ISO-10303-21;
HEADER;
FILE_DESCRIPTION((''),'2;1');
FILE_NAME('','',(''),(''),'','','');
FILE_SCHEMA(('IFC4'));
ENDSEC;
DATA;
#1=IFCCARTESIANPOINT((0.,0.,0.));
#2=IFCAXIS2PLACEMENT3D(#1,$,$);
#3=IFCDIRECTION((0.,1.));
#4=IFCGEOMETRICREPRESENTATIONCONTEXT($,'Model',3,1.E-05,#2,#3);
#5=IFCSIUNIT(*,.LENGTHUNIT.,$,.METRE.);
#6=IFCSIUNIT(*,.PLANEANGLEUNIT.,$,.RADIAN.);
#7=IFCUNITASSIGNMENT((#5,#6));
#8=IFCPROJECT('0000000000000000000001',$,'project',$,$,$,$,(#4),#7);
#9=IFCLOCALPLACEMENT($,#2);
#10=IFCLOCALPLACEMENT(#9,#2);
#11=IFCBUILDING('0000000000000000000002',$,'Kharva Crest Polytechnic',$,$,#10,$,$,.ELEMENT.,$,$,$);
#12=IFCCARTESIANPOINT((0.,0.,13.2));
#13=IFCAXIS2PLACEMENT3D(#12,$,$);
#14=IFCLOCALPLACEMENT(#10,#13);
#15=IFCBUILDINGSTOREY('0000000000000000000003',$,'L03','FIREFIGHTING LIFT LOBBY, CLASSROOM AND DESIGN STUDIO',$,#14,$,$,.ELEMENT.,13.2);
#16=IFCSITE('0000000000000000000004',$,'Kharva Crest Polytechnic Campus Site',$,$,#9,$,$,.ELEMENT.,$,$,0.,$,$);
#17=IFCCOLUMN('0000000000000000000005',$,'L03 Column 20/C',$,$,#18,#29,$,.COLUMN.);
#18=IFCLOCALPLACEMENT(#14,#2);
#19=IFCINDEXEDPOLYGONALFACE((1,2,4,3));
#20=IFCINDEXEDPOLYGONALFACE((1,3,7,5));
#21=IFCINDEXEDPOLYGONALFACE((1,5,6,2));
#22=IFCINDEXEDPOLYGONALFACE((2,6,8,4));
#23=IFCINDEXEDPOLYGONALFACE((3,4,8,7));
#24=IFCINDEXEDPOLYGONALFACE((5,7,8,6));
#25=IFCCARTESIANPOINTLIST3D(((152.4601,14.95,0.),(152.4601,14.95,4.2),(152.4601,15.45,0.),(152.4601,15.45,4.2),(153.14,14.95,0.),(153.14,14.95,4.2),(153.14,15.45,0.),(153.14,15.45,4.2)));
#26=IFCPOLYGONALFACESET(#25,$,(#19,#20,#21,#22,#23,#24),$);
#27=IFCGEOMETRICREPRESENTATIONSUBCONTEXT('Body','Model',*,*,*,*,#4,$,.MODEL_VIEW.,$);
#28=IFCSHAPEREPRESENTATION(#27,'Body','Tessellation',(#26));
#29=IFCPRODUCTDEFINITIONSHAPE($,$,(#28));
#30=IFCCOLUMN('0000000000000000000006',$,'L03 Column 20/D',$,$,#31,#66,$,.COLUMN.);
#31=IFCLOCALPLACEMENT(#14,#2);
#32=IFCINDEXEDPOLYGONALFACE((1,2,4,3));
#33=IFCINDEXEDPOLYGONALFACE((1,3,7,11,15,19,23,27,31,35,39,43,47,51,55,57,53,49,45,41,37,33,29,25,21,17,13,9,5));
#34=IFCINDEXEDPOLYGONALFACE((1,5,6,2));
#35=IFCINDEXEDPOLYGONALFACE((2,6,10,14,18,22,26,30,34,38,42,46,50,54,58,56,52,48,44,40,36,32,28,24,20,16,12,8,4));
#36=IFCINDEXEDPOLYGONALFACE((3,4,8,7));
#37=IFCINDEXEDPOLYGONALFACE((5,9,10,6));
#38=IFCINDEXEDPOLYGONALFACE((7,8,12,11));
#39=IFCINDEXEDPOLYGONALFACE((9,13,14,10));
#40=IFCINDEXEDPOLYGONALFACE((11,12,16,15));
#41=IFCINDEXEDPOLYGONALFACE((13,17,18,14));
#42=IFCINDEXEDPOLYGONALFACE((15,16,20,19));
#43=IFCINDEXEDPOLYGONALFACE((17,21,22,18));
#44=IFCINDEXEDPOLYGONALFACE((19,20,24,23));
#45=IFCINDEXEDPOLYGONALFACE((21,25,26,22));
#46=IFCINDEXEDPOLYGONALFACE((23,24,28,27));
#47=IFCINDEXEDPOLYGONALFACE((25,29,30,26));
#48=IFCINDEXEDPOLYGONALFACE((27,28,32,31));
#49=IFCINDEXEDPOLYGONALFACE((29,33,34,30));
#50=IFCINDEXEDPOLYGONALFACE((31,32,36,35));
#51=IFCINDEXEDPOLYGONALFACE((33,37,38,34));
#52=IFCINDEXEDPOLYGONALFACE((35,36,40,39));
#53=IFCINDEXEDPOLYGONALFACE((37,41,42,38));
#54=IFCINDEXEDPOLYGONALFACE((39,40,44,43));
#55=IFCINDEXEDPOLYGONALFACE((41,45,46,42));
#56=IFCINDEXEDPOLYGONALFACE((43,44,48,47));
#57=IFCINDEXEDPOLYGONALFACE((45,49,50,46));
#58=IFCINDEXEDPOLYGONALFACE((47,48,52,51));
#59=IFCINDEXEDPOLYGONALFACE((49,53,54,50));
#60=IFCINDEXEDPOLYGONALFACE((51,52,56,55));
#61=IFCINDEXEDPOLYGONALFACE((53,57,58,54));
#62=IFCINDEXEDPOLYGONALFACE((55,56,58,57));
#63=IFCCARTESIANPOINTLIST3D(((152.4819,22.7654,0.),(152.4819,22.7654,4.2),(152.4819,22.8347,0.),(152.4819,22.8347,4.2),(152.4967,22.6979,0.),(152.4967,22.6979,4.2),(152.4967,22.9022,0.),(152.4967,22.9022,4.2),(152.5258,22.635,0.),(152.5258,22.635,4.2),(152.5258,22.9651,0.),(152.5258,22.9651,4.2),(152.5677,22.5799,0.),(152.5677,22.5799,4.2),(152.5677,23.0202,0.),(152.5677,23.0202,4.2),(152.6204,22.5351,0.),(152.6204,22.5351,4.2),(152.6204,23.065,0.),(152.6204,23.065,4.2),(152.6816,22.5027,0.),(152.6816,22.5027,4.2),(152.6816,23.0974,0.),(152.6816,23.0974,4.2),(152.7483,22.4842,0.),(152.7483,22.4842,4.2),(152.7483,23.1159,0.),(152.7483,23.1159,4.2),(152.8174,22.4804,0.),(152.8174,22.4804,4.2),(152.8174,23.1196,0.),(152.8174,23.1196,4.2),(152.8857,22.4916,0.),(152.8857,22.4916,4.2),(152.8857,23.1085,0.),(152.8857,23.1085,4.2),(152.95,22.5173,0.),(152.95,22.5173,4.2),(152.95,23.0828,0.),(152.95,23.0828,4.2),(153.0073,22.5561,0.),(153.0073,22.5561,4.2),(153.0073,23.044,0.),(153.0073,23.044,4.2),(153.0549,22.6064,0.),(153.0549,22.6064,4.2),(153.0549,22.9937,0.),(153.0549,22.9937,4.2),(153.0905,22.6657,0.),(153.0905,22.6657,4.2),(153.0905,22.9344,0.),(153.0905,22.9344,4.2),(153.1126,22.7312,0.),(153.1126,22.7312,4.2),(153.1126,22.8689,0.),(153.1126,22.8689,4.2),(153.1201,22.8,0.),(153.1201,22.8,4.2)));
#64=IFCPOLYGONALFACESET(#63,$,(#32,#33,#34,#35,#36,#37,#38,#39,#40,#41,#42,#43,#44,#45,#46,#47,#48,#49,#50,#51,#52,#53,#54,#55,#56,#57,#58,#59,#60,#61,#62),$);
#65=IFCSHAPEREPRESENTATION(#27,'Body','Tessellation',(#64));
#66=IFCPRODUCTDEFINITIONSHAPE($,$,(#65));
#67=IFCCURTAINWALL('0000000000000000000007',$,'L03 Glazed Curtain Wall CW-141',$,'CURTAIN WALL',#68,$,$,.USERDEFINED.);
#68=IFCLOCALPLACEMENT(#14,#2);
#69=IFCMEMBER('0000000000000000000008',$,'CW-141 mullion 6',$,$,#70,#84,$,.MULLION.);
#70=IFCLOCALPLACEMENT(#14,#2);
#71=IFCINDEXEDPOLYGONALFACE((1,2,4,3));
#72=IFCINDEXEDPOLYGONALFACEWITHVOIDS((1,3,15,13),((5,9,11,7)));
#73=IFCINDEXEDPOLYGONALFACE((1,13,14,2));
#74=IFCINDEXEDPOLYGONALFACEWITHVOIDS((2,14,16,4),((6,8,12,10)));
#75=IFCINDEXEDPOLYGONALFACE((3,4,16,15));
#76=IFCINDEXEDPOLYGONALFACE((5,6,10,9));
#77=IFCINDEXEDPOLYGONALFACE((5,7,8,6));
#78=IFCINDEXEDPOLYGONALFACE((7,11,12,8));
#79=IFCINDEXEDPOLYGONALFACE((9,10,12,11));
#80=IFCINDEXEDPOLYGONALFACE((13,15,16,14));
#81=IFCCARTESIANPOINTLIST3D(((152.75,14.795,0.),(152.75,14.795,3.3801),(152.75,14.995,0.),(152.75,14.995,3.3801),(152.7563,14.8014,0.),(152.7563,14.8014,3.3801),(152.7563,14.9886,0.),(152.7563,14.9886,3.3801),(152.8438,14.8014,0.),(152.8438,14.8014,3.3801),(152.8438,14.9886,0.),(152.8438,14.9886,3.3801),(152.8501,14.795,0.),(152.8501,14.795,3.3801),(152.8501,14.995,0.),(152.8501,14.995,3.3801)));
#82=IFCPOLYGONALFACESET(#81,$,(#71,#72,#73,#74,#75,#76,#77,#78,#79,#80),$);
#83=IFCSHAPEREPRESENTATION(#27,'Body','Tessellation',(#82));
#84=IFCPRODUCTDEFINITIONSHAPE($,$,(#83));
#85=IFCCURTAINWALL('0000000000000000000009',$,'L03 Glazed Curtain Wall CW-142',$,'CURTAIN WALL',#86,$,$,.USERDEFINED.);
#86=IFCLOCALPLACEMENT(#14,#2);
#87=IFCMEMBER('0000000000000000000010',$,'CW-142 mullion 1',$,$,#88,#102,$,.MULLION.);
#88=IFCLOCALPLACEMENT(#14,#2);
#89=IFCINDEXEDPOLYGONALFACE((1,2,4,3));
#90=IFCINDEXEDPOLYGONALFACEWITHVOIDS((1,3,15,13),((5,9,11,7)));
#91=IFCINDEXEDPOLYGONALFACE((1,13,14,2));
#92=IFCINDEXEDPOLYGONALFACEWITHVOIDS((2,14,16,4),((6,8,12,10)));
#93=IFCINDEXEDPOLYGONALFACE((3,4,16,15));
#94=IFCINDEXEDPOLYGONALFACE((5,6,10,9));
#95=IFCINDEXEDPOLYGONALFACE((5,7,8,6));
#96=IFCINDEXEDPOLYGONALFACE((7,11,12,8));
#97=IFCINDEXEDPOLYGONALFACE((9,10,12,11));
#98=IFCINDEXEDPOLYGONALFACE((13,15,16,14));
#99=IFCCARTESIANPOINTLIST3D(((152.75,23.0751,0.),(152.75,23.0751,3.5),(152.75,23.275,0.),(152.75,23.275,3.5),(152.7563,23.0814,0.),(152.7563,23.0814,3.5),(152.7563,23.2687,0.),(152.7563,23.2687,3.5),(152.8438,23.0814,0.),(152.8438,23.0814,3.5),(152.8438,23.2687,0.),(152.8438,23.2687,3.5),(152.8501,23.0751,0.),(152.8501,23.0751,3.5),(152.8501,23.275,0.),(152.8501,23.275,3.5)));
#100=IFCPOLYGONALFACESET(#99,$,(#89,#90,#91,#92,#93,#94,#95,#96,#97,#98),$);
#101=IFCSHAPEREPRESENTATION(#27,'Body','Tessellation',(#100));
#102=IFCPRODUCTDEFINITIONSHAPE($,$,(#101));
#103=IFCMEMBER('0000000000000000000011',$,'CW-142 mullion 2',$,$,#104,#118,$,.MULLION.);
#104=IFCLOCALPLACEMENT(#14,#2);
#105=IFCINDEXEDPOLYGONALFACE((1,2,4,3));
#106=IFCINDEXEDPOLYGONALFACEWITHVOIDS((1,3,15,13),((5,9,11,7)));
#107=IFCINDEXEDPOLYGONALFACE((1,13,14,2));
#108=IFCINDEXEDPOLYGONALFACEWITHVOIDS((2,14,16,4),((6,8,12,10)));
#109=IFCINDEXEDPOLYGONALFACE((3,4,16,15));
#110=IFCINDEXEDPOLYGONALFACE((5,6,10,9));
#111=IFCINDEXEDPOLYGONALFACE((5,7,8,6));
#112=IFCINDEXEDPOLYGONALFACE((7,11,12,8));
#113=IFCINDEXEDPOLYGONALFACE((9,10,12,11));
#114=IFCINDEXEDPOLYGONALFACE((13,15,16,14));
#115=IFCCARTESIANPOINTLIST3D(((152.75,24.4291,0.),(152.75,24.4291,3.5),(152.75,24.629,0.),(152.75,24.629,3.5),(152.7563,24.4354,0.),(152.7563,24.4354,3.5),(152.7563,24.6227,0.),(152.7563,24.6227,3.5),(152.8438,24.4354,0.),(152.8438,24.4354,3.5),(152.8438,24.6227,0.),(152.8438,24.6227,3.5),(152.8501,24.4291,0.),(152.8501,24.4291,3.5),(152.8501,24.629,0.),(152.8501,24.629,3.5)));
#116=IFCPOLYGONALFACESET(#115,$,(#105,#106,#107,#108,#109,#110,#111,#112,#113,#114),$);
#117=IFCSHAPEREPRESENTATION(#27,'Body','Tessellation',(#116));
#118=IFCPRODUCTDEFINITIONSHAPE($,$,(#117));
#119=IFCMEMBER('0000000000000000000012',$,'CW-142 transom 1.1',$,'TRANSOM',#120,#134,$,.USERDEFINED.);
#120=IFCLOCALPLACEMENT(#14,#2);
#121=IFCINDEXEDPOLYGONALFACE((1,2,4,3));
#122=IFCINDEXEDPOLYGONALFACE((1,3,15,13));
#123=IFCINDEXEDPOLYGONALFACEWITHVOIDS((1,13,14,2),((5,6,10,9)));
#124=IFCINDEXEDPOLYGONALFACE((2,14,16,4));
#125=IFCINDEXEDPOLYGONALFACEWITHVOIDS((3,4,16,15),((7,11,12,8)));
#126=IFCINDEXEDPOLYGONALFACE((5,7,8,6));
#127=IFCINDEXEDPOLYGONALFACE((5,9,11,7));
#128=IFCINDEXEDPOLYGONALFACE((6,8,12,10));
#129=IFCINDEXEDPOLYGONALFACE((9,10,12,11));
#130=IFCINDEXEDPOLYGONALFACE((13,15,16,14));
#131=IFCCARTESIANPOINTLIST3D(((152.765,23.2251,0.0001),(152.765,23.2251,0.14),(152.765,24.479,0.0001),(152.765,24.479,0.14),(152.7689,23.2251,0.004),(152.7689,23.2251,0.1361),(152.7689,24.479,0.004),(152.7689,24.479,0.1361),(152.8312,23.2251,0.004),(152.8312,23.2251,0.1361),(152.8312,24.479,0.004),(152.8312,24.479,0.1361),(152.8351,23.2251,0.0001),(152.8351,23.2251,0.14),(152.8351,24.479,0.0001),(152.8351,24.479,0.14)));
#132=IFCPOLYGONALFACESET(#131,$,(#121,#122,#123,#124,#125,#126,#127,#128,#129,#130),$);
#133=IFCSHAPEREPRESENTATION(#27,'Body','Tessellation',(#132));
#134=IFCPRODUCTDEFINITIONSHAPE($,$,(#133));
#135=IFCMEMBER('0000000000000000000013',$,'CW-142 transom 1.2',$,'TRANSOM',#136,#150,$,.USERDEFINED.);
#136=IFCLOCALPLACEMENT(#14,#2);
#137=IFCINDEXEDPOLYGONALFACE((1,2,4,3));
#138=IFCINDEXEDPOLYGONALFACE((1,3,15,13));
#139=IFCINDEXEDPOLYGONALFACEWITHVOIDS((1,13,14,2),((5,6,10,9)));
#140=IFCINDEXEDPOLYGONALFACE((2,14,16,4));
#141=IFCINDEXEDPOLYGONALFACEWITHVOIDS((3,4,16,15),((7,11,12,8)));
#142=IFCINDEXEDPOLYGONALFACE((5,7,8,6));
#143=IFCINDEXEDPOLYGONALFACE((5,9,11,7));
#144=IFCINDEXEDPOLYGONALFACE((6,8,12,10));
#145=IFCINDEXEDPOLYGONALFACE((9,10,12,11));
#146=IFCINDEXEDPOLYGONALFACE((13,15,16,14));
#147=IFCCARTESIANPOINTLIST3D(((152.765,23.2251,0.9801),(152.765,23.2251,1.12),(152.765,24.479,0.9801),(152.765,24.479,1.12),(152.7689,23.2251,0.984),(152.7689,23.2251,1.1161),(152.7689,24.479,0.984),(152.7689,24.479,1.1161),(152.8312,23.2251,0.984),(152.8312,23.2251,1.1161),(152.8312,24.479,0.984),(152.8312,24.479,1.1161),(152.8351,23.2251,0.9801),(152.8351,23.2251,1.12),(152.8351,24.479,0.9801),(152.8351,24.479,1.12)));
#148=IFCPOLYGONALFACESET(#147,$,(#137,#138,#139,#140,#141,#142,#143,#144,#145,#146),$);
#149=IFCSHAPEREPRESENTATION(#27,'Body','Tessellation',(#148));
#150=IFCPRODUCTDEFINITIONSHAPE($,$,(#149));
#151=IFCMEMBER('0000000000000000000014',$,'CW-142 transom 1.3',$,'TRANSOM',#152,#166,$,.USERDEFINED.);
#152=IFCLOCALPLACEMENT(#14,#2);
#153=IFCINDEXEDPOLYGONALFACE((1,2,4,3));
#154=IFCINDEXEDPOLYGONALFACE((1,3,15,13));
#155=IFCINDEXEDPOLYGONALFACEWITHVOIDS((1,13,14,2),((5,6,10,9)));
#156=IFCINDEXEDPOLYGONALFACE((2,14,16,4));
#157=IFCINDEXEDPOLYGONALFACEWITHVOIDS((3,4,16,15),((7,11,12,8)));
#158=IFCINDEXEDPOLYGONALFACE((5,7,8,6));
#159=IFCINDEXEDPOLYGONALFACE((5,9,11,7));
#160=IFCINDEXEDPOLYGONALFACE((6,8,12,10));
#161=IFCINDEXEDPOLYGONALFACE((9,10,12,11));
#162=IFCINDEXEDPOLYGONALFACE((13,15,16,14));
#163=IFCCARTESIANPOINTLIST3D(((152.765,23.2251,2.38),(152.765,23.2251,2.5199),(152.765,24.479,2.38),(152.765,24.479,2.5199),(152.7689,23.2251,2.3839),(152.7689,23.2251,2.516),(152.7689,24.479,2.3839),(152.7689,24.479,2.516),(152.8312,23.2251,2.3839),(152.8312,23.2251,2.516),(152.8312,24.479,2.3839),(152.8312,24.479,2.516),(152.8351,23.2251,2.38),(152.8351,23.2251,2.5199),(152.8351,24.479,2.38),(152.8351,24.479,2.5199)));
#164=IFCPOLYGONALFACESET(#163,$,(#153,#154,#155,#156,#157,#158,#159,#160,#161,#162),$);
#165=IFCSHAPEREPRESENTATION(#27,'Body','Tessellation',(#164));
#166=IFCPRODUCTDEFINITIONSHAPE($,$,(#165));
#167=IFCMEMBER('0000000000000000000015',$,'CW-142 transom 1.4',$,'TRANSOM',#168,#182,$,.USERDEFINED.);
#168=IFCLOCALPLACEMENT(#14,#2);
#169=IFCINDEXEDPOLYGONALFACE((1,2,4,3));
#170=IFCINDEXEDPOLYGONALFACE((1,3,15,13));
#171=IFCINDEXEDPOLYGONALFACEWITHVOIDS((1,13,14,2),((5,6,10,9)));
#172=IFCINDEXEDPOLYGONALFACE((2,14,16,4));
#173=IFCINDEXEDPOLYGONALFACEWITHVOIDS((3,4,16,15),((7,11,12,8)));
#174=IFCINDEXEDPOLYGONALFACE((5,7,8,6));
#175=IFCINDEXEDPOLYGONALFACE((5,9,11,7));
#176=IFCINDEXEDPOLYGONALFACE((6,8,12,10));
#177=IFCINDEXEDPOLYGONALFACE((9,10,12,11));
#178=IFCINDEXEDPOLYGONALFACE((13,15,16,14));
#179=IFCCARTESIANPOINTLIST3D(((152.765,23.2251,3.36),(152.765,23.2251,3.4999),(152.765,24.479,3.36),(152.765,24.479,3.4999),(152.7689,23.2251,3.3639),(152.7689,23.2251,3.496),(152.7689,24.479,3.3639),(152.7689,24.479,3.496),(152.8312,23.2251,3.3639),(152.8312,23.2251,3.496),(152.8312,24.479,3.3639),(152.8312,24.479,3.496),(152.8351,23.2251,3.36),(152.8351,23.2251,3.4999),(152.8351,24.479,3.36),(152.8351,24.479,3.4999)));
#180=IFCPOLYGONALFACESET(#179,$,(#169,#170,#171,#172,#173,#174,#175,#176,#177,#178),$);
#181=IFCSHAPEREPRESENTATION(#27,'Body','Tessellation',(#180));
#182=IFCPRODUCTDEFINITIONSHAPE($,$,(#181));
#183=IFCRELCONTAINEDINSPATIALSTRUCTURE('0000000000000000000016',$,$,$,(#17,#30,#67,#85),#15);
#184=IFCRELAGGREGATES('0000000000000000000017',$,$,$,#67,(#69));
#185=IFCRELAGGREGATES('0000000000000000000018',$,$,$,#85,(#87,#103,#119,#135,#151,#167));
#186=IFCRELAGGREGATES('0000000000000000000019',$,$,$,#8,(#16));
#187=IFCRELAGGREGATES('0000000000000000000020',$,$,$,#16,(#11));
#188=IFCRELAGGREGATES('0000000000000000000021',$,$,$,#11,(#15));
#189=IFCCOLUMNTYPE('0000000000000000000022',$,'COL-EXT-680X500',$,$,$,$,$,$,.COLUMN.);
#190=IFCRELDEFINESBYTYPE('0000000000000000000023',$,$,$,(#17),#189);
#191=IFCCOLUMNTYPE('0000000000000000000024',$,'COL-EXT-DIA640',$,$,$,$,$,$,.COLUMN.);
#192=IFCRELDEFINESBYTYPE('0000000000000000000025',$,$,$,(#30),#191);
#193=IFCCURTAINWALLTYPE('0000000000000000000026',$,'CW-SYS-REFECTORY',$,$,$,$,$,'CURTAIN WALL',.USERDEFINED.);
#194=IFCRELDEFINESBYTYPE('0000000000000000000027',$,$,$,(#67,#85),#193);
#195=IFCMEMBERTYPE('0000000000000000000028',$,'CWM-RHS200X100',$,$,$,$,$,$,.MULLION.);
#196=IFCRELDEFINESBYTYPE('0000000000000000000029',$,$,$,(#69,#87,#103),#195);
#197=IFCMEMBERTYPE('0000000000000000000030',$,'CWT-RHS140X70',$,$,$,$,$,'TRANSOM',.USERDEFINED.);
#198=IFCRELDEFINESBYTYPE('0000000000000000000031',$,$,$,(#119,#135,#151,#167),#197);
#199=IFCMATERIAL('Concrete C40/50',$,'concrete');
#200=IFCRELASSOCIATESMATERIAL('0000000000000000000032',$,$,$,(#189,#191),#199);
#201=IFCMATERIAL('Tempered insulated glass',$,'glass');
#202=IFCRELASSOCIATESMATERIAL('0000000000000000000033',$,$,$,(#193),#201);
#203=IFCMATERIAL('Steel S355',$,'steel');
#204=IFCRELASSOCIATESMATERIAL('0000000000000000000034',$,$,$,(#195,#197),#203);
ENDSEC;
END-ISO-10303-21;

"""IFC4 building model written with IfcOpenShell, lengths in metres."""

from ifc_helpers import new_model, si_unit, direction, frame, origin, origin_2d, place, context, subcontext, project, spatial, rectangle, hollow_rectangle, circle, extrude, material, material_profile, profile_set, type_object, element, aggregate, save


model = new_model("IFC4")

# Units and contexts
model_context = context("Model", 3, precision=1e-05, world=origin(), true_north=direction((0.0, 1.0)))
body_context = subcontext(model_context, "Body", "Model", "MODEL_VIEW")
ifc_project = project(units=[si_unit("LENGTHUNIT", "METRE"), si_unit("PLANEANGLEUNIT", "RADIAN")], contexts=[model_context])

# Site, building, storey
site_placement = place(None, origin())
site = spatial("IfcSite", under=ifc_project, at=site_placement, Name="Kharva Crest Polytechnic Campus Site", CompositionType="ELEMENT", RefElevation=0.0)
building_placement = place(site_placement, origin())
building = spatial("IfcBuilding", under=site, at=building_placement, Name="Kharva Crest Polytechnic", CompositionType="ELEMENT")
storey_placement = place(building_placement, frame((0.0, 0.0, 13.2)))
storey = spatial("IfcBuildingStorey", under=building, at=storey_placement, Name="L03", Description="FIREFIGHTING LIFT LOBBY, CLASSROOM AND DESIGN STUDIO", CompositionType="ELEMENT", Elevation=13.2)

# Columns
ifc_material_1 = material(Name="Concrete C40/50", Category="concrete")
ifc_material_profile_1 = material_profile(ifc_material_1, rectangle(XDim=0.6799, YDim=0.5, at=origin_2d()), Name="RECT 680 X 500")
ifc_profile_set_1 = profile_set([ifc_material_profile_1], Name="Concrete C40/50")
column_type_1 = type_object("IfcColumnType", Name="COL-EXT-680X500", PredefinedType="COLUMN", material=ifc_profile_set_1)
column_1_placement = place(storey_placement, frame((152.8, 15.2, 0.0), z_axis=(0.0, 0.0, 1.0), x_axis=(1.0, 0.0, 0.0)))
element("IfcColumn", 1, at=column_1_placement, inside=storey, type_object=column_type_1, Name="L03 Column 20/C", PredefinedType="COLUMN", context=body_context, shape_type="SweptSolid", body=[
    extrude(rectangle(XDim=0.6799, YDim=0.5, at=origin_2d()), origin(), (0.0, 0.0, 1.0), 4.2),
])
ifc_material_profile_2 = material_profile(ifc_material_1, circle(Radius=0.3201, at=origin_2d()), Name="DIA 640")
ifc_profile_set_2 = profile_set([ifc_material_profile_2], Name="Concrete C40/50")
column_type_2 = type_object("IfcColumnType", Name="COL-EXT-DIA640", PredefinedType="COLUMN", material=ifc_profile_set_2)
column_2_placement = place(storey_placement, frame((152.8, 22.8, 0.0), z_axis=(0.0, 0.0, 1.0), x_axis=(1.0, 0.0, 0.0)))
element("IfcColumn", 2, at=column_2_placement, inside=storey, type_object=column_type_2, Name="L03 Column 20/D", PredefinedType="COLUMN", context=body_context, shape_type="SweptSolid", body=[
    extrude(circle(Radius=0.3201, at=origin_2d()), origin(), (0.0, 0.0, 1.0), 4.2),
])

# Curtain wall, member
ifc_material_2 = material(Name="Tempered insulated glass", Category="glass")
curtain_wall_type = type_object("IfcCurtainWallType", Name="CW-SYS-REFECTORY", ElementType="CURTAIN WALL", PredefinedType="USERDEFINED", material=ifc_material_2)
curtain_wall_1_placement = place(storey_placement, origin())
curtain_wall_1 = element("IfcCurtainWall", 3, at=curtain_wall_1_placement, inside=storey, type_object=curtain_wall_type, Name="L03 Glazed Curtain Wall CW-141", ObjectType="CURTAIN WALL", PredefinedType="USERDEFINED")
ifc_material_3 = material(Name="Steel S355", Category="steel")
ifc_material_profile_3 = material_profile(ifc_material_3, hollow_rectangle(XDim=0.1001, YDim=0.2, WallThickness=0.0063, at=origin_2d()), Name="RHS 200X100X6.3")
ifc_profile_set_3 = profile_set([ifc_material_profile_3], Name="Steel S355")
member_type_1 = type_object("IfcMemberType", Name="CWM-RHS200X100", PredefinedType="MULLION", material=ifc_profile_set_3)
member_1_placement = place(storey_placement, frame((152.8, 14.895, 0.0), z_axis=(0.0, 0.0, 1.0), x_axis=(-1.0, 0.0, 0.0)))
member_1 = element("IfcMember", 4, at=member_1_placement, type_object=member_type_1, Name="CW-141 mullion 6", PredefinedType="MULLION", context=body_context, shape_type="SweptSolid", body=[
    extrude(hollow_rectangle(XDim=0.1001, YDim=0.2, WallThickness=0.0063, at=origin_2d()), origin(), (0.0, 0.0, 1.0), 3.3801),
])

# Curtain wall, members
curtain_wall_2_placement = place(storey_placement, origin())
curtain_wall_2 = element("IfcCurtainWall", 5, at=curtain_wall_2_placement, inside=storey, type_object=curtain_wall_type, Name="L03 Glazed Curtain Wall CW-142", ObjectType="CURTAIN WALL", PredefinedType="USERDEFINED")
member_2_placement = place(storey_placement, frame((152.8, 23.175, 0.0), z_axis=(0.0, 0.0, 1.0), x_axis=(-1.0, 0.0, 0.0)))
member_2 = element("IfcMember", 6, at=member_2_placement, type_object=member_type_1, Name="CW-142 mullion 1", PredefinedType="MULLION", context=body_context, shape_type="SweptSolid", body=[
    extrude(hollow_rectangle(XDim=0.1001, YDim=0.2, WallThickness=0.0063, at=origin_2d()), origin(), (0.0, 0.0, 1.0), 3.5),
])
member_3_placement = place(storey_placement, frame((152.8, 24.5291, 0.0), z_axis=(0.0, 0.0, 1.0), x_axis=(-1.0, 0.0, 0.0)))
member_3 = element("IfcMember", 7, at=member_3_placement, type_object=member_type_1, Name="CW-142 mullion 2", PredefinedType="MULLION", context=body_context, shape_type="SweptSolid", body=[
    extrude(hollow_rectangle(XDim=0.1001, YDim=0.2, WallThickness=0.0063, at=origin_2d()), origin(), (0.0, 0.0, 1.0), 3.5),
])
ifc_material_profile_4 = material_profile(ifc_material_3, hollow_rectangle(XDim=0.0701, YDim=0.1399, WallThickness=0.0039, at=origin_2d()), Name="RHS 140X70X4.0")
ifc_profile_set_4 = profile_set([ifc_material_profile_4], Name="Steel S355")
member_type_2 = type_object("IfcMemberType", Name="CWT-RHS140X70", ElementType="TRANSOM", PredefinedType="USERDEFINED", material=ifc_profile_set_4)
member_4_placement = place(storey_placement, frame((152.8, 23.2251, 0.0701), z_axis=(0.0, 1.0, 0.0), x_axis=(-1.0, 0.0, 0.0)))
member_4 = element("IfcMember", 8, at=member_4_placement, type_object=member_type_2, Name="CW-142 transom 1.1", ObjectType="TRANSOM", PredefinedType="USERDEFINED", context=body_context, shape_type="SweptSolid", body=[
    extrude(hollow_rectangle(XDim=0.0701, YDim=0.1399, WallThickness=0.0039, at=origin_2d()), origin(), (0.0, 0.0, 1.0), 1.2539),
])
member_5_placement = place(storey_placement, frame((152.8, 23.2251, 1.05), z_axis=(0.0, 1.0, 0.0), x_axis=(-1.0, 0.0, 0.0)))
member_5 = element("IfcMember", 9, at=member_5_placement, type_object=member_type_2, Name="CW-142 transom 1.2", ObjectType="TRANSOM", PredefinedType="USERDEFINED", context=body_context, shape_type="SweptSolid", body=[
    extrude(hollow_rectangle(XDim=0.0701, YDim=0.1399, WallThickness=0.0039, at=origin_2d()), origin(), (0.0, 0.0, 1.0), 1.2539),
])
member_6_placement = place(storey_placement, frame((152.8, 23.2251, 2.45), z_axis=(0.0, 1.0, 0.0), x_axis=(-1.0, 0.0, 0.0)))
member_6 = element("IfcMember", 10, at=member_6_placement, type_object=member_type_2, Name="CW-142 transom 1.3", ObjectType="TRANSOM", PredefinedType="USERDEFINED", context=body_context, shape_type="SweptSolid", body=[
    extrude(hollow_rectangle(XDim=0.0701, YDim=0.1399, WallThickness=0.0039, at=origin_2d()), origin(), (0.0, 0.0, 1.0), 1.2539),
])
member_7_placement = place(storey_placement, frame((152.8, 23.2251, 3.4299), z_axis=(0.0, 1.0, 0.0), x_axis=(-1.0, 0.0, 0.0)))
member_7 = element("IfcMember", 11, at=member_7_placement, type_object=member_type_2, Name="CW-142 transom 1.4", ObjectType="TRANSOM", PredefinedType="USERDEFINED", context=body_context, shape_type="SweptSolid", body=[
    extrude(hollow_rectangle(XDim=0.0701, YDim=0.1399, WallThickness=0.0039, at=origin_2d()), origin(), (0.0, 0.0, 1.0), 1.2539),
])

aggregate(curtain_wall_1, [member_1])
aggregate(curtain_wall_2, [member_2, member_3, member_4, member_5, member_6, member_7])

save(model, "model.ifc")
